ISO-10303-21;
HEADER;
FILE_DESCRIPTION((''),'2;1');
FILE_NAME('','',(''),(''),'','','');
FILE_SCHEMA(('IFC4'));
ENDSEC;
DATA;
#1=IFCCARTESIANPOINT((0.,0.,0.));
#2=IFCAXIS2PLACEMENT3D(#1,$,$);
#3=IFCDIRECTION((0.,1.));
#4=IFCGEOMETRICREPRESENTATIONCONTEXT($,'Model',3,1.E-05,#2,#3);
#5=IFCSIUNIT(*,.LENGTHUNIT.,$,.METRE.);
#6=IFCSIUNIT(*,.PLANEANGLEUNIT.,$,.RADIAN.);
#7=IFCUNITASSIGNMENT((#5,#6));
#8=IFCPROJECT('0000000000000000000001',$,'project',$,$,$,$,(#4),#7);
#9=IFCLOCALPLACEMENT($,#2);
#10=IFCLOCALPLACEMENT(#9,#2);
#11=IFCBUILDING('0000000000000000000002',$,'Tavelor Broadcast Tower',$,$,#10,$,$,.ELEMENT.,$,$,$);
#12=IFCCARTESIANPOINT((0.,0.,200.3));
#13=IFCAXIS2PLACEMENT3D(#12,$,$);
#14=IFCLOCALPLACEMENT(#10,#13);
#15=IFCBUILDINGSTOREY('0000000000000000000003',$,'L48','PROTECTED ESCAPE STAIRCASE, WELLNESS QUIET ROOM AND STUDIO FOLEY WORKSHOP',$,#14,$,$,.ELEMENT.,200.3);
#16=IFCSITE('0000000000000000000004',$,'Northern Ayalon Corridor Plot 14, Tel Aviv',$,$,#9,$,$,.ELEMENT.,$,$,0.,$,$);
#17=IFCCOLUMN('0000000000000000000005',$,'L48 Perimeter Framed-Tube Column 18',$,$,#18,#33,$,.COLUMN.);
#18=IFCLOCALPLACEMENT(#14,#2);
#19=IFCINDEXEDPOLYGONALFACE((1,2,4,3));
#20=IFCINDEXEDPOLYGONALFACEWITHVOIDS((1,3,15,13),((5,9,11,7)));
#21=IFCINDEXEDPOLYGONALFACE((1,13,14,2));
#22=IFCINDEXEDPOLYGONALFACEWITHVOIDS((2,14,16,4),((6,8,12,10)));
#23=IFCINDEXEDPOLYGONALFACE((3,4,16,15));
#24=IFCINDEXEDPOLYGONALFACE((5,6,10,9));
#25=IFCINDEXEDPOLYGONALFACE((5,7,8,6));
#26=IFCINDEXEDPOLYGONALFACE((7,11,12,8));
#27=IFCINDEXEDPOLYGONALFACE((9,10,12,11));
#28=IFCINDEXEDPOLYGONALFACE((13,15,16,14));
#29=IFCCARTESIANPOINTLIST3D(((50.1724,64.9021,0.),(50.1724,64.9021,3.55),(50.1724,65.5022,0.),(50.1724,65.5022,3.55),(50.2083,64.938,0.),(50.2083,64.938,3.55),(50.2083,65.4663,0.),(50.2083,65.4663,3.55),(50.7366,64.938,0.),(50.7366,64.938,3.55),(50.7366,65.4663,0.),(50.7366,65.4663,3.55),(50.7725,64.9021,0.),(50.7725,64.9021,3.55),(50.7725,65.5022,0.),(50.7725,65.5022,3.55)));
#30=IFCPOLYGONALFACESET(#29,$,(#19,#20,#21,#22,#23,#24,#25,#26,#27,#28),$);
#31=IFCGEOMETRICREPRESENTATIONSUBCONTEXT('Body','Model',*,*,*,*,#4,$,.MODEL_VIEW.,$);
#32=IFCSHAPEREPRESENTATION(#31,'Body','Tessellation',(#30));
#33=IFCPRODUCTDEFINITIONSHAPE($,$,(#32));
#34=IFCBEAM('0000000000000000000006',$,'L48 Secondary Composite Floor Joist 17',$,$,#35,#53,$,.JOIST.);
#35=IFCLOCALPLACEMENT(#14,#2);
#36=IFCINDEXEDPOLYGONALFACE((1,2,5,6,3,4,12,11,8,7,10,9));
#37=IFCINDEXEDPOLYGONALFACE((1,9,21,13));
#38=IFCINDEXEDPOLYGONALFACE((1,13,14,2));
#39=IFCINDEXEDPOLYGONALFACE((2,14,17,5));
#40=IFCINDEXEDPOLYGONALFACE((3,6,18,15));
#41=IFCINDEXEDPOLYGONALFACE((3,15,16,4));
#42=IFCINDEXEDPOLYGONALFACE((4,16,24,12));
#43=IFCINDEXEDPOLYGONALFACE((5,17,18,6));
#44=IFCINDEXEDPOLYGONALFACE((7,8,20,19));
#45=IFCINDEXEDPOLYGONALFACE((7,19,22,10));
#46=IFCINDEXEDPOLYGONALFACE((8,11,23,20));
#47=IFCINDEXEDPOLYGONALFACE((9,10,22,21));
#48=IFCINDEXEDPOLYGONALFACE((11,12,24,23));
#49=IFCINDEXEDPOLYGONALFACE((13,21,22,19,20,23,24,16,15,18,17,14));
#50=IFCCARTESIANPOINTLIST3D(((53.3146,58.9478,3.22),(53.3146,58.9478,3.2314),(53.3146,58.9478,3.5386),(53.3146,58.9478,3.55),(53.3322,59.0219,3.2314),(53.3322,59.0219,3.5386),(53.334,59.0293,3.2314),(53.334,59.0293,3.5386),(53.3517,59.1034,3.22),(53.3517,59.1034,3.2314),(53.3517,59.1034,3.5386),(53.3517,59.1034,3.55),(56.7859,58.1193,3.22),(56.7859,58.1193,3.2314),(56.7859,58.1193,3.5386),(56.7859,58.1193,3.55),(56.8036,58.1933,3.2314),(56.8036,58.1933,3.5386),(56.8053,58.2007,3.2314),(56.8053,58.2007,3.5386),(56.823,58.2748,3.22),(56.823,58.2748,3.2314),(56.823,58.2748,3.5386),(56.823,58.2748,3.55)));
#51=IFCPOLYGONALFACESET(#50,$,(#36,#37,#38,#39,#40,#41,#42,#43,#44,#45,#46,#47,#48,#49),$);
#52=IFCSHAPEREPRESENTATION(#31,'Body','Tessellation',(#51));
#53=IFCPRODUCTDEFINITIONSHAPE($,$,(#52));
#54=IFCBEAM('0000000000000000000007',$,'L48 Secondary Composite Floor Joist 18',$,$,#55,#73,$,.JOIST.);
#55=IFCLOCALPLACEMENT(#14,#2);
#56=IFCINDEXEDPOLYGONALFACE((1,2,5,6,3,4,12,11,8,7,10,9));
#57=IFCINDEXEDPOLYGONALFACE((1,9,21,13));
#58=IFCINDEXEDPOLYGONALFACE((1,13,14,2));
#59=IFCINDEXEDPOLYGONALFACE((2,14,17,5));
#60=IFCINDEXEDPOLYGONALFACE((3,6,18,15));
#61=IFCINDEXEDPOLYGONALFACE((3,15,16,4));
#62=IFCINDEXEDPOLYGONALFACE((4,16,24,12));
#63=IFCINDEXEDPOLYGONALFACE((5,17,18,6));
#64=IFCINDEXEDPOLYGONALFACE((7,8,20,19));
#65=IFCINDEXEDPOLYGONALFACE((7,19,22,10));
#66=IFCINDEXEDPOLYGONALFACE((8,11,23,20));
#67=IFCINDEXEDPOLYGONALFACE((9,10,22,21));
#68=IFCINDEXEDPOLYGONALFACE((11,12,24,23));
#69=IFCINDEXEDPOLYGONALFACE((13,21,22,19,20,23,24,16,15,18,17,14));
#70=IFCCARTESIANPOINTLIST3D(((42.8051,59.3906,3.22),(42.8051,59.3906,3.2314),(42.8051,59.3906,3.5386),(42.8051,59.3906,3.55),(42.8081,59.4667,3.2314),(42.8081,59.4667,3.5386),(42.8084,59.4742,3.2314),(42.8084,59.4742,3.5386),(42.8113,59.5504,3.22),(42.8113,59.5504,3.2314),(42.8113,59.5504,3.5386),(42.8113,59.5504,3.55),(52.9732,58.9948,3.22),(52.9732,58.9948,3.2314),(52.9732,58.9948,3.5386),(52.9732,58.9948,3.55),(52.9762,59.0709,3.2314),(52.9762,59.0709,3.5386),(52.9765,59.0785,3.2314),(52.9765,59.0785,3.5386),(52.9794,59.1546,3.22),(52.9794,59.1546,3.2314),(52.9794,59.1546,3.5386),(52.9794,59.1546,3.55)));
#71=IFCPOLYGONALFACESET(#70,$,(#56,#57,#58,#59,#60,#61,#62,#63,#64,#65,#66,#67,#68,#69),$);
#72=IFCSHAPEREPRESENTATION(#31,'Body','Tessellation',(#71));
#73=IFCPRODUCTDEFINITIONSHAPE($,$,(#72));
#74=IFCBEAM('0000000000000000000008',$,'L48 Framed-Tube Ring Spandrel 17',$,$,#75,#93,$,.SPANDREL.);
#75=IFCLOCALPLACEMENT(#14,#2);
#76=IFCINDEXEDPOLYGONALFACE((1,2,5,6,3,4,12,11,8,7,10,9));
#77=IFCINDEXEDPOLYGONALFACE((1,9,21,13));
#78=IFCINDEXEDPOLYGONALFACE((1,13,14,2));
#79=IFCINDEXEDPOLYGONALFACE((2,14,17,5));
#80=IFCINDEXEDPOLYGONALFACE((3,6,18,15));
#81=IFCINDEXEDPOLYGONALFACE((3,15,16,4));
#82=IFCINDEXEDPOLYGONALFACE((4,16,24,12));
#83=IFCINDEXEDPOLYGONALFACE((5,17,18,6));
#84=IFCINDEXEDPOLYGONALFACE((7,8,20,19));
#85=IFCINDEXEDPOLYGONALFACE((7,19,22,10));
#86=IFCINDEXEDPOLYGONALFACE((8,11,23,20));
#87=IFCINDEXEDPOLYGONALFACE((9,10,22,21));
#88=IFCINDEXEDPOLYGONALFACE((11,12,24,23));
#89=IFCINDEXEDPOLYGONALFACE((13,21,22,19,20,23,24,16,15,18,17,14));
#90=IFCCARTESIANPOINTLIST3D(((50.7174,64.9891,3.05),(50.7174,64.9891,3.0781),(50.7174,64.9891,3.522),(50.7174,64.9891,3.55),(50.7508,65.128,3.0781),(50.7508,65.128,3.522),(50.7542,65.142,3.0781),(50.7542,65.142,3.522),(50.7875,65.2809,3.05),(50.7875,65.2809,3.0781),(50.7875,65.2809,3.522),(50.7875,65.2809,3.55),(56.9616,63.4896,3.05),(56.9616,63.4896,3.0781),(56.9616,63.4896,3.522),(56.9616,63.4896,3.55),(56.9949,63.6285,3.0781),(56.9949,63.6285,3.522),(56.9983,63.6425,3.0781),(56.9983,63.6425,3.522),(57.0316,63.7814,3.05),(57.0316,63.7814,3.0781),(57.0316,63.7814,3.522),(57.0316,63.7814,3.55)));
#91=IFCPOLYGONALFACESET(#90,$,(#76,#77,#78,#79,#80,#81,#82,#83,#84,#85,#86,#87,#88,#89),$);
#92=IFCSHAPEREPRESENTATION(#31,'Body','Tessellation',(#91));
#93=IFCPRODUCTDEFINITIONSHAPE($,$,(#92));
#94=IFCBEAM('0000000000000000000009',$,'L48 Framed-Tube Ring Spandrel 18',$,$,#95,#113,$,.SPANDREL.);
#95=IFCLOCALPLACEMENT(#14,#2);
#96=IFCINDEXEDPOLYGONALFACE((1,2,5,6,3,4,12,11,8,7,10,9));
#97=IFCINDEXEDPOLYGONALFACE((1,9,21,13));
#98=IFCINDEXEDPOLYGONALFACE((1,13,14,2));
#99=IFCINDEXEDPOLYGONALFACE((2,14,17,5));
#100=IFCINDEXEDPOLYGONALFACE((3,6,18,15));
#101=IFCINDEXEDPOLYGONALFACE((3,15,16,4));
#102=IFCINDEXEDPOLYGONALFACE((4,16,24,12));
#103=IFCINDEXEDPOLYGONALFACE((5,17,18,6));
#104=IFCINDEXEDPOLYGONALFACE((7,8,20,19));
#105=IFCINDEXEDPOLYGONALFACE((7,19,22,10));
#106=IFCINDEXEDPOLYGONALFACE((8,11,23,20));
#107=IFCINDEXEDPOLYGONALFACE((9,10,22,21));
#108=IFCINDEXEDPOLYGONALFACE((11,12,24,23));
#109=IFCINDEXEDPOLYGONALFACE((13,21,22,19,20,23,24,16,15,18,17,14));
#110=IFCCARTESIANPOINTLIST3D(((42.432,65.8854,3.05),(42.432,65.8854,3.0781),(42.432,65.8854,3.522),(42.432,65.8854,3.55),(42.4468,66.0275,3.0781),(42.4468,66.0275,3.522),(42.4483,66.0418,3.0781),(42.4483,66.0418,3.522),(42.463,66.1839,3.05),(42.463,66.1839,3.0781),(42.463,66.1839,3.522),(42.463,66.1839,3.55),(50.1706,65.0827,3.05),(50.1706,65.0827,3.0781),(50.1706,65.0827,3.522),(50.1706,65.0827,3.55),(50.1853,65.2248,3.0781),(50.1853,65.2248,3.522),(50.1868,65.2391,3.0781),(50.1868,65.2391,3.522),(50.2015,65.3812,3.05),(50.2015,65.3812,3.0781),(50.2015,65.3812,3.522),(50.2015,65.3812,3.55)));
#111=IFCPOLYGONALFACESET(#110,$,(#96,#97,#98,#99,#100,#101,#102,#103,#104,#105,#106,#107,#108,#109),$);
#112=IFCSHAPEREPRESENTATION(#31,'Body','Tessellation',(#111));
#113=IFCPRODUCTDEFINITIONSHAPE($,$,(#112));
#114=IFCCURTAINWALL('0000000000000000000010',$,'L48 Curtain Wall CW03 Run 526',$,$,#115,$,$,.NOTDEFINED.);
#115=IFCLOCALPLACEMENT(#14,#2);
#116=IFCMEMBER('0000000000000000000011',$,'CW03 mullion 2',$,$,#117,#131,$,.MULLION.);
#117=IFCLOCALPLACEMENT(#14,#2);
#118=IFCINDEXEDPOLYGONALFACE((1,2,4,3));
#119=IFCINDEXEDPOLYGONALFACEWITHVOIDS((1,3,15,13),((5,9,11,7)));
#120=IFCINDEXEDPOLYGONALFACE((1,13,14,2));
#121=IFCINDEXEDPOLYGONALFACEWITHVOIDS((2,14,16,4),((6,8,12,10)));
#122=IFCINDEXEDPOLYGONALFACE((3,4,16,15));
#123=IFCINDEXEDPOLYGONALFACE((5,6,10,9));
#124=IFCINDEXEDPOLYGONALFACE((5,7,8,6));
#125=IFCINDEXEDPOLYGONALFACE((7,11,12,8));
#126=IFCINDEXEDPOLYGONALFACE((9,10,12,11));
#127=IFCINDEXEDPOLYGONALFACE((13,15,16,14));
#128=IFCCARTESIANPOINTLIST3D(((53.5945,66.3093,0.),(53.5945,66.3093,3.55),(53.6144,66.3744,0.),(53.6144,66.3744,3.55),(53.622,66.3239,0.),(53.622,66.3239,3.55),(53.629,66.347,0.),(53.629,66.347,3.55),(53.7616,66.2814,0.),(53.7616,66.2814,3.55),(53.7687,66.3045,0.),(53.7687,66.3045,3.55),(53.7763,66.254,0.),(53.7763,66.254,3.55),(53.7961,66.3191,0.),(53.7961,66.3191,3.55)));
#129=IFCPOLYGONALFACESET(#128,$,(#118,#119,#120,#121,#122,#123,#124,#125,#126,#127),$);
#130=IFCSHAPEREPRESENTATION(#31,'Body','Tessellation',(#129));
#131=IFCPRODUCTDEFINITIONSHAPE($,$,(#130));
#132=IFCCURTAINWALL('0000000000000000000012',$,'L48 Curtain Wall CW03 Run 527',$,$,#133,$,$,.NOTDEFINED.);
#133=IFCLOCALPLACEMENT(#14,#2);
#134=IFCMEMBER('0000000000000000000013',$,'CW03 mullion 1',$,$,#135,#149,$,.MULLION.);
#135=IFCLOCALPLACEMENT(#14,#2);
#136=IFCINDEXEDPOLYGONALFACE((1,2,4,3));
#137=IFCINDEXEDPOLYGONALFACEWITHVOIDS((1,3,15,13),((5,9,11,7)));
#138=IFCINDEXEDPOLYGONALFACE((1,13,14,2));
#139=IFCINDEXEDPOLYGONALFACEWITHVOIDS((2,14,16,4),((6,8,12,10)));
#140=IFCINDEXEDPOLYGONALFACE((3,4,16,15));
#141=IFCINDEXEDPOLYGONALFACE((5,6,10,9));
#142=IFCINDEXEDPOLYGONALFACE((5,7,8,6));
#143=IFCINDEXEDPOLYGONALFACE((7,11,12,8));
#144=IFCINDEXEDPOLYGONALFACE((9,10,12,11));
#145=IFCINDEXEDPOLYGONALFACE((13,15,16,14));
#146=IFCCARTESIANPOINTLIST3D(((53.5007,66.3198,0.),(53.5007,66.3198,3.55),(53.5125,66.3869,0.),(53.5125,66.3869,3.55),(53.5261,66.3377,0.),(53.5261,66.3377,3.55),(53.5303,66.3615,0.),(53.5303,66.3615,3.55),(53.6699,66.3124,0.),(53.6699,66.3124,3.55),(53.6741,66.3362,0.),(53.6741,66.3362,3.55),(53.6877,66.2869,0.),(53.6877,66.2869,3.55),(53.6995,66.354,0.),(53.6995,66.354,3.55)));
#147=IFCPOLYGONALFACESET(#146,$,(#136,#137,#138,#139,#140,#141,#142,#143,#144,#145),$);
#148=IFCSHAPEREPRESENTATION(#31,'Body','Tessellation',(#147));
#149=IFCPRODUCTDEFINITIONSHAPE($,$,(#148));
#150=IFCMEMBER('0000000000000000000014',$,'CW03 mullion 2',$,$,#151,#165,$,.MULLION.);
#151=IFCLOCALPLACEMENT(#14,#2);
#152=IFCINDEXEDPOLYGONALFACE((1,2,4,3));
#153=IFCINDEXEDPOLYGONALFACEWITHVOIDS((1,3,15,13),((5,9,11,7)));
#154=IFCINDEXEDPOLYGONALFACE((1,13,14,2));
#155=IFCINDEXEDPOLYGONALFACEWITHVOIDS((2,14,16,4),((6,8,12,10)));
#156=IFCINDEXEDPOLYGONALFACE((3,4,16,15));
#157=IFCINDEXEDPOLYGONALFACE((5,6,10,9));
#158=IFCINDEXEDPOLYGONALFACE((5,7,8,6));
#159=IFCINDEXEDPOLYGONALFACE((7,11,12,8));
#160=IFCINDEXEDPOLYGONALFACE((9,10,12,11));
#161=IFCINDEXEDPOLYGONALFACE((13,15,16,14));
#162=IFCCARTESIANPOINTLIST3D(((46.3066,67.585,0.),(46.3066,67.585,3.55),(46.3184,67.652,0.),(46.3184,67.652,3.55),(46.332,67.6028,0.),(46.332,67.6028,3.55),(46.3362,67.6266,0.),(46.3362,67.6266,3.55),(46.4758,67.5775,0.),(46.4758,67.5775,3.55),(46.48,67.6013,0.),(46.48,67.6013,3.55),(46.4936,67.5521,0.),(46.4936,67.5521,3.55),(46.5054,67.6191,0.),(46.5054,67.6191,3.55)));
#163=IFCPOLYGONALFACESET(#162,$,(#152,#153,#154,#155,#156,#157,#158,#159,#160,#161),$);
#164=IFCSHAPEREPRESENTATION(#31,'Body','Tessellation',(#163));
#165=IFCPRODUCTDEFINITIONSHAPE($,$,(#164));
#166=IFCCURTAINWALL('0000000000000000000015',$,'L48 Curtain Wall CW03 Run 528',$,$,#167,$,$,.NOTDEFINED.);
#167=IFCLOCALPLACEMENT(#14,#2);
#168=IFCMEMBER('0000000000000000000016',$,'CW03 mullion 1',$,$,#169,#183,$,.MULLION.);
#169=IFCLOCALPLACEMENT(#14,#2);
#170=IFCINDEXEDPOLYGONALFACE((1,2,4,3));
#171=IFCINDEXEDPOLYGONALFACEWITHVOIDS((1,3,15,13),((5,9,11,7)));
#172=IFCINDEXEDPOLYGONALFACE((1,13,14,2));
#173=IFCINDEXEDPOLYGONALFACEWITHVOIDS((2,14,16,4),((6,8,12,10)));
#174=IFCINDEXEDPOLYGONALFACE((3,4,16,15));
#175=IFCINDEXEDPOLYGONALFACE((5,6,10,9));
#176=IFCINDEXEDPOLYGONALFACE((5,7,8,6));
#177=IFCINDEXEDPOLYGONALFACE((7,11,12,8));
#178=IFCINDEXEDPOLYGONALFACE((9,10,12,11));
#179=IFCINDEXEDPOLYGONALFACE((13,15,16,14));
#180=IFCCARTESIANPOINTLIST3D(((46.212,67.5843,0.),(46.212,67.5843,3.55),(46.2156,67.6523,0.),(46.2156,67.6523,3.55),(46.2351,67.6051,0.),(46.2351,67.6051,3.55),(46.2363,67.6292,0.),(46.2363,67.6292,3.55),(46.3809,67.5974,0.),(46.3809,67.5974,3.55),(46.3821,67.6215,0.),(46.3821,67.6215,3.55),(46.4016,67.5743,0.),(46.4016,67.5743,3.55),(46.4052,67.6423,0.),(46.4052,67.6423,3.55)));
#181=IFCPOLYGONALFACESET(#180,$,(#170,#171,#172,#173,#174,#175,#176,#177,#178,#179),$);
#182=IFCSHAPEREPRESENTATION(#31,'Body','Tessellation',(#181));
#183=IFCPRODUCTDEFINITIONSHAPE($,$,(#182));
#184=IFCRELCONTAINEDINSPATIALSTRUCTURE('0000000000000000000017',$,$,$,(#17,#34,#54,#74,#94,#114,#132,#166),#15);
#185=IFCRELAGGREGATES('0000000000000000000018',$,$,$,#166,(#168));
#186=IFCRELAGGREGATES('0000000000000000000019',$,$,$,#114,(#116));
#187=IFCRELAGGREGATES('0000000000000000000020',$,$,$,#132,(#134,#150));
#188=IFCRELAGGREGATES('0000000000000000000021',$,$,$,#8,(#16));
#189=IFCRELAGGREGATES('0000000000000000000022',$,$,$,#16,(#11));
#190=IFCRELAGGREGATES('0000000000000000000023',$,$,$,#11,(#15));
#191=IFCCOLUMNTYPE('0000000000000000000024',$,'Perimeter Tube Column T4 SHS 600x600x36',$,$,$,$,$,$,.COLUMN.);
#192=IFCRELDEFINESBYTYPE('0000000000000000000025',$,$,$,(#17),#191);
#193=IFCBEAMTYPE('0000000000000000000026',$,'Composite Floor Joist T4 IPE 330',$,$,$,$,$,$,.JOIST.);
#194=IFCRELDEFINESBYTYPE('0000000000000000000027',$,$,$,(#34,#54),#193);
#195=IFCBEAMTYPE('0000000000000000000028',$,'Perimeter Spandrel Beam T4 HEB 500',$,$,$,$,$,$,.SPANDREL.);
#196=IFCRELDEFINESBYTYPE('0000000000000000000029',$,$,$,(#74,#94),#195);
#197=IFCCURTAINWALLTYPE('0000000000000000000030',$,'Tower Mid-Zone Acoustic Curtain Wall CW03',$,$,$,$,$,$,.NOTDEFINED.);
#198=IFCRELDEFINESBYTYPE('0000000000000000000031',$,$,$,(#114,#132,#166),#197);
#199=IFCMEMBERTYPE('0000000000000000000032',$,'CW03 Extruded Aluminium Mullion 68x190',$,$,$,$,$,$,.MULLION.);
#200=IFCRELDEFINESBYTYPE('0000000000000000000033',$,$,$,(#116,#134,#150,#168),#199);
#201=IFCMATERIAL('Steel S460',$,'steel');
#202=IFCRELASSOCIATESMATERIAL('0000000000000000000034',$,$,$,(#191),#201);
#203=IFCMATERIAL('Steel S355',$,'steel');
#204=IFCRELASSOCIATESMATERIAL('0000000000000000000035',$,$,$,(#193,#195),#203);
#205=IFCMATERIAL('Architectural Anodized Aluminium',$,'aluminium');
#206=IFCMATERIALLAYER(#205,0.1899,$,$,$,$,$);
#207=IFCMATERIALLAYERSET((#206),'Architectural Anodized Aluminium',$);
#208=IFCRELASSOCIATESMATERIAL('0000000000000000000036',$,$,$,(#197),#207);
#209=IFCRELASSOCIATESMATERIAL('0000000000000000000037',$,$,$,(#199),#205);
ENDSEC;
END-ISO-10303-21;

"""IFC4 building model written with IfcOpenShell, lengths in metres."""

from ifc_helpers import new_model, si_unit, direction, frame, origin, origin_2d, place, context, subcontext, project, spatial, hollow_rectangle, i_section, extrude, source, transform, mapped, material, layer, layer_set, material_profile, profile_set, type_object, type_shapes, element, aggregate, save


model = new_model("IFC4")

# Units and contexts
model_context = context("Model", 3, precision=1e-05, world=origin(), true_north=direction((0.0, 1.0)))
body_context = subcontext(model_context, "Body", "Model", "MODEL_VIEW")
ifc_project = project(units=[si_unit("LENGTHUNIT", "METRE"), si_unit("PLANEANGLEUNIT", "RADIAN")], contexts=[model_context])

# Site, building, storey
site_placement = place(None, origin())
site = spatial("IfcSite", under=ifc_project, at=site_placement, Name="Northern Ayalon Corridor Plot 14, Tel Aviv", CompositionType="ELEMENT", RefElevation=0.0)
building_placement = place(site_placement, origin())
building = spatial("IfcBuilding", under=site, at=building_placement, Name="Tavelor Broadcast Tower", CompositionType="ELEMENT")
storey_placement = place(building_placement, frame((0.0, 0.0, 200.3)))
storey = spatial("IfcBuildingStorey", under=building, at=storey_placement, Name="L48", Description="PROTECTED ESCAPE STAIRCASE, WELLNESS QUIET ROOM AND STUDIO FOLEY WORKSHOP", CompositionType="ELEMENT", Elevation=200.3)

# Column
ifc_material_1 = material(Name="Steel S460", Category="steel")
ifc_material_profile_1 = material_profile(ifc_material_1, hollow_rectangle(XDim=0.6001, YDim=0.6001, WallThickness=0.0359, at=origin_2d()), Name="SHS 600x600x36")
ifc_profile_set_1 = profile_set([ifc_material_profile_1], Name="Steel S460")
column_type = type_object("IfcColumnType", Name="Perimeter Tube Column T4 SHS 600x600x36", PredefinedType="COLUMN", material=ifc_profile_set_1)
column_placement = place(storey_placement, frame((50.4724, 65.2021, 0.0), z_axis=(0.0, 0.0, 1.0), x_axis=(1.0, 0.0, 0.0)))
element("IfcColumn", 1, at=column_placement, inside=storey, type_object=column_type, Name="L48 Perimeter Framed-Tube Column 18", PredefinedType="COLUMN", context=body_context, shape_type="SweptSolid", body=[
    extrude(hollow_rectangle(XDim=0.6001, YDim=0.6001, WallThickness=0.0359, at=origin_2d()), origin(), (0.0, 0.0, 1.0), 3.55),
])

# Beams
ifc_material_2 = material(Name="Steel S355", Category="steel")
ifc_material_profile_2 = material_profile(ifc_material_2, i_section(OverallWidth=0.1599, OverallDepth=0.3301, WebThickness=0.0076, FlangeThickness=0.0115, at=origin_2d()), Name="IPE 330")
ifc_profile_set_2 = profile_set([ifc_material_profile_2], Name="Steel S355")
beam_type_1 = type_object("IfcBeamType", Name="Composite Floor Joist T4 IPE 330", PredefinedType="JOIST", material=ifc_profile_set_2)
beam_1_placement = place(storey_placement, frame((56.8044, 58.197, 3.385), z_axis=(-0.972675, 0.232172, 0.0), x_axis=(-0.232172, -0.972675, 0.0)))
element("IfcBeam", 2, at=beam_1_placement, inside=storey, type_object=beam_type_1, Name="L48 Secondary Composite Floor Joist 17", PredefinedType="JOIST", context=body_context, shape_type="SweptSolid", body=[
    extrude(i_section(OverallWidth=0.1599, OverallDepth=0.3301, WebThickness=0.0076, FlangeThickness=0.0115, at=origin_2d()), origin(), (0.0, 0.0, 1.0), 3.5688),
])
beam_2_placement = place(storey_placement, frame((52.9763, 59.0747, 3.385), z_axis=(-0.999243, 0.038892, 0.0), x_axis=(-0.038892, -0.999243, 0.0)))
element("IfcBeam", 3, at=beam_2_placement, inside=storey, type_object=beam_type_1, Name="L48 Secondary Composite Floor Joist 18", PredefinedType="JOIST", context=body_context, shape_type="SweptSolid", body=[
    extrude(i_section(OverallWidth=0.1599, OverallDepth=0.3301, WebThickness=0.0076, FlangeThickness=0.0115, at=origin_2d()), origin(), (0.0, 0.0, 1.0), 10.1758),
])
ifc_material_profile_3 = material_profile(ifc_material_2, i_section(OverallWidth=0.3, OverallDepth=0.5, WebThickness=0.0144, FlangeThickness=0.0281, at=origin_2d()), Name="HEB 500")
ifc_profile_set_3 = profile_set([ifc_material_profile_3], Name="Steel S355")
beam_type_2 = type_object("IfcBeamType", Name="Perimeter Spandrel Beam T4 HEB 500", PredefinedType="SPANDREL", material=ifc_profile_set_3)
beam_3_placement = place(storey_placement, frame((56.9966, 63.6355, 3.3), z_axis=(-0.972355, 0.233508, 0.0), x_axis=(-0.233508, -0.972355, 0.0)))
element("IfcBeam", 4, at=beam_3_placement, inside=storey, type_object=beam_type_2, Name="L48 Framed-Tube Ring Spandrel 17", PredefinedType="SPANDREL", context=body_context, shape_type="SweptSolid", body=[
    extrude(i_section(OverallWidth=0.3, OverallDepth=0.5, WebThickness=0.0144, FlangeThickness=0.0281, at=origin_2d()), origin(), (0.0, 0.0, 1.0), 6.4216),
])
beam_4_placement = place(storey_placement, frame((50.186, 65.2319, 3.3), z_axis=(-0.994663, 0.103179, 0.0), x_axis=(-0.103179, -0.994663, 0.0)))
element("IfcBeam", 5, at=beam_4_placement, inside=storey, type_object=beam_type_2, Name="L48 Framed-Tube Ring Spandrel 18", PredefinedType="SPANDREL", context=body_context, shape_type="SweptSolid", body=[
    extrude(i_section(OverallWidth=0.3, OverallDepth=0.5, WebThickness=0.0144, FlangeThickness=0.0281, at=origin_2d()), origin(), (0.0, 0.0, 1.0), 7.78),
])

# Curtain wall, member
ifc_material_3 = material(Name="Architectural Anodized Aluminium", Category="aluminium")
ifc_layer_1 = layer(ifc_material_3, 0.1899)
ifc_layer_set_1 = layer_set([ifc_layer_1], Name="Architectural Anodized Aluminium")
curtain_wall_type = type_object("IfcCurtainWallType", Name="Tower Mid-Zone Acoustic Curtain Wall CW03", PredefinedType="NOTDEFINED", material=ifc_layer_set_1)
curtain_wall_1_placement = place(storey_placement, origin())
curtain_wall_1 = element("IfcCurtainWall", 6, at=curtain_wall_1_placement, inside=storey, type_object=curtain_wall_type, Name="L48 Curtain Wall CW03 Run 526", PredefinedType="NOTDEFINED")
ifc_material_profile_4 = material_profile(ifc_material_3, hollow_rectangle(XDim=0.0681, YDim=0.1899, WallThickness=0.022, at=origin_2d()), Name="RHS 68x190x22")
ifc_profile_set_4 = profile_set([ifc_material_profile_4], Name="Architectural Anodized Aluminium")
member_type_1 = type_object("IfcMemberType", Name="CW03 Extruded Aluminium Mullion 68x190", PredefinedType="MULLION", material=ifc_profile_set_4)
shared_shape_1 = source(origin(), body_context, "Body", "SweptSolid", [
    extrude(hollow_rectangle(XDim=0.0681, YDim=0.1899, WallThickness=0.022, at=origin_2d()), origin(), (0.0, 0.0, 1.0), 3.55),
])
type_shapes(member_type_1, [shared_shape_1])
member_1_placement = place(storey_placement, frame((53.6953, 66.3142, 0.0), z_axis=(0.0, 0.0, 1.0), x_axis=(-0.291114, -0.956688, 0.0)))
member_1 = element("IfcMember", 7, at=member_1_placement, type_object=member_type_1, Name="CW03 mullion 2", PredefinedType="MULLION", context=body_context, shape_type="MappedRepresentation", body=[
    mapped(shared_shape_1, transform((0.0, 0.0, 0.0), scale=1.0)),
])

# Curtain wall, members
curtain_wall_2_placement = place(storey_placement, origin())
curtain_wall_2 = element("IfcCurtainWall", 8, at=curtain_wall_2_placement, inside=storey, type_object=curtain_wall_type, Name="L48 Curtain Wall CW03 Run 527", PredefinedType="NOTDEFINED")
member_2_placement = place(storey_placement, frame((53.6001, 66.3369, 0.0), z_axis=(0.0, 0.0, 1.0), x_axis=(-0.173206, -0.984886, 0.0)))
member_2 = element("IfcMember", 9, at=member_2_placement, type_object=member_type_1, Name="CW03 mullion 1", PredefinedType="MULLION", context=body_context, shape_type="MappedRepresentation", body=[
    mapped(shared_shape_1, transform((0.0, 0.0, 0.0), scale=1.0)),
])
member_3_placement = place(storey_placement, frame((46.406, 67.6021, 0.0), z_axis=(0.0, 0.0, 1.0), x_axis=(-0.173206, -0.984886, 0.0)))
member_3 = element("IfcMember", 10, at=member_3_placement, type_object=member_type_1, Name="CW03 mullion 2", PredefinedType="MULLION", context=body_context, shape_type="MappedRepresentation", body=[
    mapped(shared_shape_1, transform((0.0, 0.0, 0.0), scale=1.0)),
])

# Curtain wall, member
curtain_wall_3_placement = place(storey_placement, origin())
curtain_wall_3 = element("IfcCurtainWall", 11, at=curtain_wall_3_placement, inside=storey, type_object=curtain_wall_type, Name="L48 Curtain Wall CW03 Run 528", PredefinedType="NOTDEFINED")
member_4_placement = place(storey_placement, frame((46.3086, 67.6133, 0.0), z_axis=(0.0, 0.0, 1.0), x_axis=(-0.052744, -0.998608, 0.0)))
member_4 = element("IfcMember", 12, at=member_4_placement, type_object=member_type_1, Name="CW03 mullion 1", PredefinedType="MULLION", context=body_context, shape_type="MappedRepresentation", body=[
    mapped(shared_shape_1, transform((0.0, 0.0, 0.0), scale=1.0)),
])
aggregate(curtain_wall_3, [member_4])

aggregate(curtain_wall_1, [member_1])
aggregate(curtain_wall_2, [member_2, member_3])

save(model, "model.ifc")
